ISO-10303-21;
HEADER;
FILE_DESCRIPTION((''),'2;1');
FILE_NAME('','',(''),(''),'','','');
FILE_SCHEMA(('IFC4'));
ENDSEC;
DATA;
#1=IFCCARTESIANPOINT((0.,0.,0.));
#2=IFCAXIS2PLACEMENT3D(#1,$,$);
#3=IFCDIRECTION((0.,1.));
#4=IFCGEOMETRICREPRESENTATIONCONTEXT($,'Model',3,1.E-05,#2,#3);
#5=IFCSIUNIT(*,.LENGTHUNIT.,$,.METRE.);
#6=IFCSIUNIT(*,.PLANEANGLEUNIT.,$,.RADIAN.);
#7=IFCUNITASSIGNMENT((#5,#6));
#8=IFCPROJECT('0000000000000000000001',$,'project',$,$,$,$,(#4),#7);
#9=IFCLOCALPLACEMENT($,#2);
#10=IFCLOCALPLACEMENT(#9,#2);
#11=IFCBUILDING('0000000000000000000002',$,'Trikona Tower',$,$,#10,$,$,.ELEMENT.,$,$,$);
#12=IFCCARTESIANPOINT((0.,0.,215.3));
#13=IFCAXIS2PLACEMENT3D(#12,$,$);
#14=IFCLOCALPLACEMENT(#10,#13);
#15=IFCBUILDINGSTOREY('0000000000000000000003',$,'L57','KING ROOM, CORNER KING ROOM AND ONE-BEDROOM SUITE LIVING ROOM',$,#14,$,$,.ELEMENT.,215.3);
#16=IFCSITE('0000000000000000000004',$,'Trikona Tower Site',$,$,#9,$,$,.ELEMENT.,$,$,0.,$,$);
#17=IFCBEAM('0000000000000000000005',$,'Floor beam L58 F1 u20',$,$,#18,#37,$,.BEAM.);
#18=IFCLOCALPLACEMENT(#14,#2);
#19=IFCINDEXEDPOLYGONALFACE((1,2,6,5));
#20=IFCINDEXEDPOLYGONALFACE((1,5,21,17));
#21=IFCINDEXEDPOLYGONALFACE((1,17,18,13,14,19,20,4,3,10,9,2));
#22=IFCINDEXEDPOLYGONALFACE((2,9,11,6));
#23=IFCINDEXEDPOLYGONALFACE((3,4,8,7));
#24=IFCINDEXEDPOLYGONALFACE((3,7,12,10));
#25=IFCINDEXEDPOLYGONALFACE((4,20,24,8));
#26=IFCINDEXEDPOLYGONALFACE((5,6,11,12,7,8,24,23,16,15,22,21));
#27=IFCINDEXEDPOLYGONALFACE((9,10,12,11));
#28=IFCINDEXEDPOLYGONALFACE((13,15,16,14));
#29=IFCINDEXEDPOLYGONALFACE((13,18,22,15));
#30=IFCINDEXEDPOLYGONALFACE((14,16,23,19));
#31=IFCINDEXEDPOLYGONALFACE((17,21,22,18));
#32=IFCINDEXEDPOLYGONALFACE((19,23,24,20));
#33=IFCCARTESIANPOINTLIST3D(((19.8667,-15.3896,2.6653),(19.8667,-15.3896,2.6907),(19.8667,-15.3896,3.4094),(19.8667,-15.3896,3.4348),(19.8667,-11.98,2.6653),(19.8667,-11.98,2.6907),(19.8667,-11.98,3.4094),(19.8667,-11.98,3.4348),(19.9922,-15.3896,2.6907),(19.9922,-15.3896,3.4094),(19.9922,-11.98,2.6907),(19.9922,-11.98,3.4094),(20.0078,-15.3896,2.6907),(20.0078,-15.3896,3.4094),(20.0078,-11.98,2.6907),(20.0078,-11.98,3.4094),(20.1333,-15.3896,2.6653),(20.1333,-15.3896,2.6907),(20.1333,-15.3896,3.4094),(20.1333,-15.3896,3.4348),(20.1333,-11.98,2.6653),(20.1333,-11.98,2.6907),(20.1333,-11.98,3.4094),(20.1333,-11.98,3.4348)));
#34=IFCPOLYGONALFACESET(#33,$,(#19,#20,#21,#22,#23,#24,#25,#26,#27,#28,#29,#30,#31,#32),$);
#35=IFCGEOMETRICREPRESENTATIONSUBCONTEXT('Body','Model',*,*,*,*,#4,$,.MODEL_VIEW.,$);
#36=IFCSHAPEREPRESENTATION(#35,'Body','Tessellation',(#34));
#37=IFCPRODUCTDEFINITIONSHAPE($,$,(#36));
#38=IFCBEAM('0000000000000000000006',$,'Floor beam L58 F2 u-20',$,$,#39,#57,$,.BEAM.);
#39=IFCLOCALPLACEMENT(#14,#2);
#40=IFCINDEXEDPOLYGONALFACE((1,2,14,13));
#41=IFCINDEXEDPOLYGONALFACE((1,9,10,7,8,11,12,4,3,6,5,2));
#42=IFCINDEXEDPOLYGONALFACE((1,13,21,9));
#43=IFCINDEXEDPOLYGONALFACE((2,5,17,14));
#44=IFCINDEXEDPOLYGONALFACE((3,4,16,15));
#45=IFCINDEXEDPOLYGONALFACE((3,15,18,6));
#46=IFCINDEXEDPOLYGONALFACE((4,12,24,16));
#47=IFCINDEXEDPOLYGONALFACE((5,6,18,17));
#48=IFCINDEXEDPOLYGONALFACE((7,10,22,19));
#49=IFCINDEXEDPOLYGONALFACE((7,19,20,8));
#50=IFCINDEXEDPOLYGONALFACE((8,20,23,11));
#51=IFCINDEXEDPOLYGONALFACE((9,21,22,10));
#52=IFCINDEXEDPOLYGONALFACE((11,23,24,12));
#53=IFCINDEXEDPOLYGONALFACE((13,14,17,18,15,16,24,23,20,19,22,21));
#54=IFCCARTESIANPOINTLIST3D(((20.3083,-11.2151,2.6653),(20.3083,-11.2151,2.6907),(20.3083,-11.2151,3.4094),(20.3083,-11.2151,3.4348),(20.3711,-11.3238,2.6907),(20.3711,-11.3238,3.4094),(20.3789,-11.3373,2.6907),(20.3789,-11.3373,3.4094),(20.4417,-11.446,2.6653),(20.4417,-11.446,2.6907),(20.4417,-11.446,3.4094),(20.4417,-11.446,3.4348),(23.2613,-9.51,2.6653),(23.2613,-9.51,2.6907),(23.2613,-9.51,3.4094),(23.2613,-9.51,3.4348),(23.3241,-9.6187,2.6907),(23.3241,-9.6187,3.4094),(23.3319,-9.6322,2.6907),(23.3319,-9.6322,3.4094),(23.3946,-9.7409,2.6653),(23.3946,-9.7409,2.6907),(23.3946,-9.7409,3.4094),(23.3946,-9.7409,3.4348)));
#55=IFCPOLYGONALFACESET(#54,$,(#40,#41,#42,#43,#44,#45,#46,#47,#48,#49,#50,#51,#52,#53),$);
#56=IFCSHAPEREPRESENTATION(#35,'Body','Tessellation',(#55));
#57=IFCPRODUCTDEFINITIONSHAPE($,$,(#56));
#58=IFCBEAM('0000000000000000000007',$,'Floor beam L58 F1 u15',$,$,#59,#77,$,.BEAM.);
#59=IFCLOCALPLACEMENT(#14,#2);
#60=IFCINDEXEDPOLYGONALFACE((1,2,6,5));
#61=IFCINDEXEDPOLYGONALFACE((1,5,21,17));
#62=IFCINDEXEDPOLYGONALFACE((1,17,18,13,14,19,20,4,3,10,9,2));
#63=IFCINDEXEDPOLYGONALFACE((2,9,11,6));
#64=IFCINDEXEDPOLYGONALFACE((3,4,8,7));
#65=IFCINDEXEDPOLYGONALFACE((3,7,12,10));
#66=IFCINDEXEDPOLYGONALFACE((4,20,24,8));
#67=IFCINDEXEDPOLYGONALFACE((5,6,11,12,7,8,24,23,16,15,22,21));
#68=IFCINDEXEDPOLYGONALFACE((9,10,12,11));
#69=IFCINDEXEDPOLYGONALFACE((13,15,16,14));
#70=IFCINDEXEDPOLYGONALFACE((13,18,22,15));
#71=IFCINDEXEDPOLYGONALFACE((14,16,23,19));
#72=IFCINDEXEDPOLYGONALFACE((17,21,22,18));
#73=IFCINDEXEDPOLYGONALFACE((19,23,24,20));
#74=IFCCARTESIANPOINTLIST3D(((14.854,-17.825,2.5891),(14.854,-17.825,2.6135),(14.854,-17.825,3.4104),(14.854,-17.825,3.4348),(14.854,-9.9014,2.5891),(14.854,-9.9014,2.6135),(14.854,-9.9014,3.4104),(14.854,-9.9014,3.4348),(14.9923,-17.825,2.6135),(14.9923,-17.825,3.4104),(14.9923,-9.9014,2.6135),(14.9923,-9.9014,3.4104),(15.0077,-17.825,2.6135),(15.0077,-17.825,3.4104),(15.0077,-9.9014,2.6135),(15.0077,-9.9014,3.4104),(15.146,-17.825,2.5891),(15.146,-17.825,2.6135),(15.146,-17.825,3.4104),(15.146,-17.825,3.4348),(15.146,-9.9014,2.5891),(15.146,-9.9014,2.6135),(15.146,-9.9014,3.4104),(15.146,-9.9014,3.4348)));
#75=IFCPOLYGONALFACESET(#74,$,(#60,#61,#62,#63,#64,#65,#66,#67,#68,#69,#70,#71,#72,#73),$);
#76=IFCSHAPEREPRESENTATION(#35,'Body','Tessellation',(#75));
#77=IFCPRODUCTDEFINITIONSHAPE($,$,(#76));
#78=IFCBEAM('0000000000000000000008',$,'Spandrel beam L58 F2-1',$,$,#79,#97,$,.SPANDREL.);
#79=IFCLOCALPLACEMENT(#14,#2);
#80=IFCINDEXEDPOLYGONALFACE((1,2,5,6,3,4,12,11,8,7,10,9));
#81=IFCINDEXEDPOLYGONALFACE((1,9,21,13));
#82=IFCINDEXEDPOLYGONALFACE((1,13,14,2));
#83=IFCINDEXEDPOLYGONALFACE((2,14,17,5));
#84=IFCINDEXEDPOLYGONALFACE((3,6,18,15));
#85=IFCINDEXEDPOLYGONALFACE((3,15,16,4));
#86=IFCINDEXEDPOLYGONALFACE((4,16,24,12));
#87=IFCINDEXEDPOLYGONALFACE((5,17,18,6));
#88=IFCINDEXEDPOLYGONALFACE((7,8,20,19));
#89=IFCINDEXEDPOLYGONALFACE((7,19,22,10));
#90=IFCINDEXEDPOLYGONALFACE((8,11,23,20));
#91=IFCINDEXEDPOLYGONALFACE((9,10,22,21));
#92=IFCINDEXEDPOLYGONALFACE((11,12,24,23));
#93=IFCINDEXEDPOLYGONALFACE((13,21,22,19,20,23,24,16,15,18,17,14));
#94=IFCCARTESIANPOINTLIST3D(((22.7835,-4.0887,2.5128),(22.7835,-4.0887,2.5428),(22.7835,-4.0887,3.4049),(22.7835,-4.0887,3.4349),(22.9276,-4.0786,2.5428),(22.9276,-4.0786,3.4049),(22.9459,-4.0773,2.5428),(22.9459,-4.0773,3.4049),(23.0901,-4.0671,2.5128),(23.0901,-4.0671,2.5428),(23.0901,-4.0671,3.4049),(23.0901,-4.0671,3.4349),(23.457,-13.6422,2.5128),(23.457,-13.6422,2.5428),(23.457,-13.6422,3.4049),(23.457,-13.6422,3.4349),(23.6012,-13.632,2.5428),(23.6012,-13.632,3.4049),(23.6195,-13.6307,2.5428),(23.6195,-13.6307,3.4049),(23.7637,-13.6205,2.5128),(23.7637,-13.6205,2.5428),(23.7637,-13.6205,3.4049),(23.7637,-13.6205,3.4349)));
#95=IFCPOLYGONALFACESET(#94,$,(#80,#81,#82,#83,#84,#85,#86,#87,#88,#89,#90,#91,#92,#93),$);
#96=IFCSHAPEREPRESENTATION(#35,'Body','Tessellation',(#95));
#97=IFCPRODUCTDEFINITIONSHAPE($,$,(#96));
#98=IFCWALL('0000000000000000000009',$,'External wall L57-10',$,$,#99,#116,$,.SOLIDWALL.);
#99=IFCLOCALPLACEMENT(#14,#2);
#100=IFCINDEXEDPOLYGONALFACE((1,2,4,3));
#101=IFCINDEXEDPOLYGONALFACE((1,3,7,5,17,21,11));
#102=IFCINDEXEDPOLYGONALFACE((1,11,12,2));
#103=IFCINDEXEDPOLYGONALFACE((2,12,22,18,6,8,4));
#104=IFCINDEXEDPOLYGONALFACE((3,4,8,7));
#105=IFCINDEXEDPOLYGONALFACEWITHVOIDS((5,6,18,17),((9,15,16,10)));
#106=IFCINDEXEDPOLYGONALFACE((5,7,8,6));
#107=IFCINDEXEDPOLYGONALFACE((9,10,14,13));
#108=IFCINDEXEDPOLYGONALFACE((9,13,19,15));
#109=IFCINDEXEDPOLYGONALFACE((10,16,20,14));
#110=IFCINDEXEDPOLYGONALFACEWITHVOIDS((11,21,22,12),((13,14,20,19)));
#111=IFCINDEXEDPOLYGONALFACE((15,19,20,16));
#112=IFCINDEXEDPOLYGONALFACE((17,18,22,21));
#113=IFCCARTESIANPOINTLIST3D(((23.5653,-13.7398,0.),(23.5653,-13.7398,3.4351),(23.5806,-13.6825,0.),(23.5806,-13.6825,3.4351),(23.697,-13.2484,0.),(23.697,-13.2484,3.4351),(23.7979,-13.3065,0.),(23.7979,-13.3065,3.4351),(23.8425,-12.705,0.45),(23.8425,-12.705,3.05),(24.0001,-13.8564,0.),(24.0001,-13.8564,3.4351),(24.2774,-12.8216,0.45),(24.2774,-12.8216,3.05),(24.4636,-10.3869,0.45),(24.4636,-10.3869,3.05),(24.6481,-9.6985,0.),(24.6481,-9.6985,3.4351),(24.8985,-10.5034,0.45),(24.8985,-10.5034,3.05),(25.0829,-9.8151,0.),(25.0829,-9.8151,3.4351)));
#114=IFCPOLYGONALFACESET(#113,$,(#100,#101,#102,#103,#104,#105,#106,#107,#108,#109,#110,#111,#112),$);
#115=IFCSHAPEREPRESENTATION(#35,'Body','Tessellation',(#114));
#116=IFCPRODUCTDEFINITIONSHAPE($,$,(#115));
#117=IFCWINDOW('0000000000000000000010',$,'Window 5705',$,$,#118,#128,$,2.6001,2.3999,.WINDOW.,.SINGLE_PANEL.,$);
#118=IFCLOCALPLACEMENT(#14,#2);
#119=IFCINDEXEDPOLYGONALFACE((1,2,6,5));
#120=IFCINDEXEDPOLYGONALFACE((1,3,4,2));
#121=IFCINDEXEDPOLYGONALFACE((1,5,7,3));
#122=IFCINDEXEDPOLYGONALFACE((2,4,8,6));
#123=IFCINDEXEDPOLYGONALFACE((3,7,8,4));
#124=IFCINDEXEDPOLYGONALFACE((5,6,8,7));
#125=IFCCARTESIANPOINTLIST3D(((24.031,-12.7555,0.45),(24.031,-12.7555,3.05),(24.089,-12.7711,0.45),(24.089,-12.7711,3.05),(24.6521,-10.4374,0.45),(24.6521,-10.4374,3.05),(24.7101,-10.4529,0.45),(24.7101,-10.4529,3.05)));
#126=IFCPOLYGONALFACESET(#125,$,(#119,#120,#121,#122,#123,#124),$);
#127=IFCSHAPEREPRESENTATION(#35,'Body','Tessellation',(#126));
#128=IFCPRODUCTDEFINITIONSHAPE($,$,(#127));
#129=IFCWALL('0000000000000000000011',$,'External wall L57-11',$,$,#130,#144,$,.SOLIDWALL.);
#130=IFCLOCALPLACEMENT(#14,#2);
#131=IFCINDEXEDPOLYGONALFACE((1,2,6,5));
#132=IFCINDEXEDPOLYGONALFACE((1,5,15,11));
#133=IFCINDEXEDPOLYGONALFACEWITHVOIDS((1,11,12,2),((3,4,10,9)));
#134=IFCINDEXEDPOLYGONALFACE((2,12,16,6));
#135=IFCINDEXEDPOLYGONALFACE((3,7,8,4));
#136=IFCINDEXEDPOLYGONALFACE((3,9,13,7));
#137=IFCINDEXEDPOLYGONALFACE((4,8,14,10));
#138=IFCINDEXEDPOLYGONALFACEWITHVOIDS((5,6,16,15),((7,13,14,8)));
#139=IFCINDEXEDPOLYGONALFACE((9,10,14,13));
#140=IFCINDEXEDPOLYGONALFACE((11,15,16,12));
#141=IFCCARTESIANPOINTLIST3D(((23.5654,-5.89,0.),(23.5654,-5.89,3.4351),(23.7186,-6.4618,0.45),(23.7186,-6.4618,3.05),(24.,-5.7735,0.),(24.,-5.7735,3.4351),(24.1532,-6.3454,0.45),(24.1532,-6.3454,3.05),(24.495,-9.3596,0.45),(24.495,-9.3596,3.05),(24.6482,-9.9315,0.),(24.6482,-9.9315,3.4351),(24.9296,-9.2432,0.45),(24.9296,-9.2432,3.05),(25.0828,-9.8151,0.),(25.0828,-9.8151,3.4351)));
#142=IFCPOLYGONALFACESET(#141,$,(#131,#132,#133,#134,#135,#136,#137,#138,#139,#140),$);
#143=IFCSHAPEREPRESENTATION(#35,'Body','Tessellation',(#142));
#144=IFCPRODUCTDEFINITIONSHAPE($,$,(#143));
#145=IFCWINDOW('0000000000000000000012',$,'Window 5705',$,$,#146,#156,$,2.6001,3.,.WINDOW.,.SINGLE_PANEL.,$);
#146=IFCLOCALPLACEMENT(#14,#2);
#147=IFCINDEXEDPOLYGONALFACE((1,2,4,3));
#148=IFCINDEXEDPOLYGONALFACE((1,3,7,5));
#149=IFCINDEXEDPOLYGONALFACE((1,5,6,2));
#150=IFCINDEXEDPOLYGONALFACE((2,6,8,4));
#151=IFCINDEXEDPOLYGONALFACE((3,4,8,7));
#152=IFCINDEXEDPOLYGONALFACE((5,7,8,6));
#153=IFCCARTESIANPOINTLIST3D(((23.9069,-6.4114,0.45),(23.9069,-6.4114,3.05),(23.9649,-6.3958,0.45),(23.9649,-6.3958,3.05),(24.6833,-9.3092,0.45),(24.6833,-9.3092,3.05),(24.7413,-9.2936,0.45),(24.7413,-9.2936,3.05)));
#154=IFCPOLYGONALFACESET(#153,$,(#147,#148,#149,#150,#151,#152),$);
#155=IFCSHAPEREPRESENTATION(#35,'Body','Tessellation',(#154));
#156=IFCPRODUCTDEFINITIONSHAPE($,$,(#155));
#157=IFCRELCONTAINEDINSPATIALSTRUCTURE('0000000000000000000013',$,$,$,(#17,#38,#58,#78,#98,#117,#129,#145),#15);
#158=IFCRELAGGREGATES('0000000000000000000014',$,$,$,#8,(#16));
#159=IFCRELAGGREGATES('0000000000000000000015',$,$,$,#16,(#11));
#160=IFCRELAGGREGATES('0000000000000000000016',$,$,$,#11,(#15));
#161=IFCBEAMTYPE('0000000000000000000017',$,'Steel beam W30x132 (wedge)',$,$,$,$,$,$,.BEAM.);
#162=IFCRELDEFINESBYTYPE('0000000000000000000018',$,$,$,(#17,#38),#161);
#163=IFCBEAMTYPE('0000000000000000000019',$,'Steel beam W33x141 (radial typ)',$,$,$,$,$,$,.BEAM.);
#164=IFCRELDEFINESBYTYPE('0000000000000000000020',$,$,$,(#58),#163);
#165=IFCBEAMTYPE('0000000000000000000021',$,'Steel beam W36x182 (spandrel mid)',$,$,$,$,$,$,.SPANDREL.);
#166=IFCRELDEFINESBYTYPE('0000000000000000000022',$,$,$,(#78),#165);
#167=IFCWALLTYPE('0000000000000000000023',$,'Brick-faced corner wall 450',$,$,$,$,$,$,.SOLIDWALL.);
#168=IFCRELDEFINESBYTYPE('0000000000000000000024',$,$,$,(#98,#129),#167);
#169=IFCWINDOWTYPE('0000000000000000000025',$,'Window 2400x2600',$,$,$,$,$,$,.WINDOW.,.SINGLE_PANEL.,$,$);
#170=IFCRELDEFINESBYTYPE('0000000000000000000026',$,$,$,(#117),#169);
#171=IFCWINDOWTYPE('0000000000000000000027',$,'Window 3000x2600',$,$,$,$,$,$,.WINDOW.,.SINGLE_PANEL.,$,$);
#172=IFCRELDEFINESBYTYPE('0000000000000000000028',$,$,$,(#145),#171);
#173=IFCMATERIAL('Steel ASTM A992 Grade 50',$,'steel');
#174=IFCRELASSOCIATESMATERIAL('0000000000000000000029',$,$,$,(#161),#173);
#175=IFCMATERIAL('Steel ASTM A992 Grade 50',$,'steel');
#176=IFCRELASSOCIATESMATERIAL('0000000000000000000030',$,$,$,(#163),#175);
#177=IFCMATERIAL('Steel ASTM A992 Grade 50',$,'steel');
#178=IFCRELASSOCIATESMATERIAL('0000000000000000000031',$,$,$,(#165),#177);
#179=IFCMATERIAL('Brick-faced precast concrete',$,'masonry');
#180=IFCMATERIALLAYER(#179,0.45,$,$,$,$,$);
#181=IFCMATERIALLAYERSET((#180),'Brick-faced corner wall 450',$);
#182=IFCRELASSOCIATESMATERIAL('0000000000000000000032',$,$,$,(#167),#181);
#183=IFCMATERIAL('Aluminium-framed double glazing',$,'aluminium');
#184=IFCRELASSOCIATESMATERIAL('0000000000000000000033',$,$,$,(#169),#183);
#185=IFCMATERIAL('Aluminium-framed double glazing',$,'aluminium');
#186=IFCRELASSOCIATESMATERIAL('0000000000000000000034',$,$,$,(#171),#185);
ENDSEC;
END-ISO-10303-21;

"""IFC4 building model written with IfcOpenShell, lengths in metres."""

from ifc_helpers import new_model, si_unit, direction, frame, frame_2d, origin, origin_2d, place, context, subcontext, project, spatial, polyline, rectangle, i_section, outline, extrude, material, layer, layer_set, material_profile, profile_set, type_object, element, fill, save


model = new_model("IFC4")

# Units and contexts
model_context = context("Model", 3, precision=1e-05, world=origin(), true_north=direction((0.0, 1.0)))
body_context = subcontext(model_context, "Body", "Model", "MODEL_VIEW")
ifc_project = project(units=[si_unit("LENGTHUNIT", "METRE"), si_unit("PLANEANGLEUNIT", "RADIAN")], contexts=[model_context])

# Site, building, storey
site_placement = place(None, origin())
site = spatial("IfcSite", under=ifc_project, at=site_placement, Name="Trikona Tower Site", CompositionType="ELEMENT", RefElevation=0.0)
building_placement = place(site_placement, origin())
building = spatial("IfcBuilding", under=site, at=building_placement, Name="Trikona Tower", CompositionType="ELEMENT")
storey_placement = place(building_placement, frame((0.0, 0.0, 215.3)))
storey = spatial("IfcBuildingStorey", under=building, at=storey_placement, Name="L57", Description="KING ROOM, CORNER KING ROOM AND ONE-BEDROOM SUITE LIVING ROOM", CompositionType="ELEMENT", Elevation=215.3)

# Beams
ifc_material_1 = material(Name="Steel ASTM A992 Grade 50", Category="steel")
ifc_material_profile_1 = material_profile(ifc_material_1, i_section(OverallWidth=0.2666, OverallDepth=0.7695, WebThickness=0.0156, FlangeThickness=0.0254, at=origin_2d()), Name="W30X132")
ifc_profile_set_1 = profile_set([ifc_material_profile_1], Name="Steel ASTM A992 Grade 50")
beam_type_1 = type_object("IfcBeamType", Name="Steel beam W30x132 (wedge)", PredefinedType="BEAM", material=ifc_profile_set_1)
beam_1_placement = place(storey_placement, frame((20.0, -11.98, 3.05), z_axis=(0.0, -1.0, 0.0), x_axis=(1.0, 0.0, 0.0)))
element("IfcBeam", 1, at=beam_1_placement, inside=storey, type_object=beam_type_1, Name="Floor beam L58 F1 u20", PredefinedType="BEAM", context=body_context, shape_type="SweptSolid", body=[
    extrude(i_section(OverallWidth=0.2666, OverallDepth=0.7695, WebThickness=0.0156, FlangeThickness=0.0254, at=origin_2d()), origin(), (0.0, 0.0, 1.0), 3.4097),
])
beam_2_placement = place(storey_placement, frame((20.375, -11.3306, 3.05), z_axis=(0.865996, 0.500051, 0.0), x_axis=(-0.500051, 0.865996, 0.0)))
element("IfcBeam", 2, at=beam_2_placement, inside=storey, type_object=beam_type_1, Name="Floor beam L58 F2 u-20", PredefinedType="BEAM", context=body_context, shape_type="SweptSolid", body=[
    extrude(i_section(OverallWidth=0.2666, OverallDepth=0.7695, WebThickness=0.0156, FlangeThickness=0.0254, at=origin_2d()), origin(), (0.0, 0.0, 1.0), 3.4099),
])
ifc_material_2 = material(Name="Steel ASTM A992 Grade 50", Category="steel")
ifc_material_profile_2 = material_profile(ifc_material_2, i_section(OverallWidth=0.292, OverallDepth=0.8457, WebThickness=0.0154, FlangeThickness=0.0244, at=origin_2d()), Name="W33X141")
ifc_profile_set_2 = profile_set([ifc_material_profile_2], Name="Steel ASTM A992 Grade 50")
beam_type_2 = type_object("IfcBeamType", Name="Steel beam W33x141 (radial typ)", PredefinedType="BEAM", material=ifc_profile_set_2)
beam_3_placement = place(storey_placement, frame((15.0, -9.9014, 3.012), z_axis=(0.0, -1.0, 0.0), x_axis=(1.0, 0.0, 0.0)))
element("IfcBeam", 3, at=beam_3_placement, inside=storey, type_object=beam_type_2, Name="Floor beam L58 F1 u15", PredefinedType="BEAM", context=body_context, shape_type="SweptSolid", body=[
    extrude(i_section(OverallWidth=0.292, OverallDepth=0.8457, WebThickness=0.0154, FlangeThickness=0.0244, at=origin_2d()), origin(), (0.0, 0.0, 1.0), 7.9236),
])
ifc_material_3 = material(Name="Steel ASTM A992 Grade 50", Category="steel")
ifc_material_profile_3 = material_profile(ifc_material_3, i_section(OverallWidth=0.3074, OverallDepth=0.9221, WebThickness=0.0183, FlangeThickness=0.03, at=origin_2d()), Name="W36X182")
ifc_profile_set_3 = profile_set([ifc_material_profile_3], Name="Steel ASTM A992 Grade 50")
beam_type_3 = type_object("IfcBeamType", Name="Steel beam W36x182 (spandrel mid)", PredefinedType="SPANDREL", material=ifc_profile_set_3)
beam_4_placement = place(storey_placement, frame((23.6104, -13.6313, 2.9739), z_axis=(-0.070332, 0.997524, 0.0), x_axis=(-0.997524, -0.070332, 0.0)))
element("IfcBeam", 4, at=beam_4_placement, inside=storey, type_object=beam_type_3, Name="Spandrel beam L58 F2-1", PredefinedType="SPANDREL", context=body_context, shape_type="SweptSolid", body=[
    extrude(i_section(OverallWidth=0.3074, OverallDepth=0.9221, WebThickness=0.0183, FlangeThickness=0.03, at=origin_2d()), origin(), (0.0, 0.0, 1.0), 9.5771),
])

# Walls, openings, windows
ifc_material_4 = material(Name="Brick-faced precast concrete", Category="masonry")
ifc_layer_1 = layer(ifc_material_4, 0.45)
ifc_layer_set_1 = layer_set([ifc_layer_1], Name="Brick-faced corner wall 450")
wall_type_1 = type_object("IfcWallType", Name="Brick-faced corner wall 450", PredefinedType="SOLIDWALL", material=ifc_layer_set_1)
wall_1_placement = place(storey_placement, frame((23.7827, -13.7981, 0.0), z_axis=(0.0, 0.0, 1.0), x_axis=(0.258799, 0.965931, 0.0)))
wall_1 = element("IfcWall", 5, at=wall_1_placement, inside=storey, type_object=wall_type_1, Name="External wall L57-10", PredefinedType="SOLIDWALL", context=body_context, shape_type="SweptSolid", body=[
    extrude(outline(polyline([(4.1838, 0.2251), (0.5088, 0.2251), (0.4788, 0.1125), (0.0593, 0.2251), (0.0, 0.2251), (0.0, -0.2251), (4.1838, -0.2251), (4.1838, 0.2251)])), origin(), (0.0, 0.0, 1.0), 3.4351),
])
opening_1_placement = place(wall_1_placement, frame((1.0713, 0.0, 0.45)))
opening_1 = element("IfcOpeningElement", 6, at=opening_1_placement, cuts=wall_1, PredefinedType="OPENING", context=body_context, shape_type="SweptSolid", body=[
    extrude(rectangle(XDim=2.3999, YDim=2.6001, at=frame_2d((1.2, 1.3))), frame((0.0, 0.2349, 0.0), z_axis=(0.0, -1.0, 0.0), x_axis=(1.0, 0.0, 0.0)), (0.0, 0.0, 1.0), 0.47),
])
ifc_material_5 = material(Name="Aluminium-framed double glazing", Category="aluminium")
window_type_1 = type_object("IfcWindowType", Name="Window 2400x2600", PartitioningType="SINGLE_PANEL", PredefinedType="WINDOW", material=ifc_material_5)
window_1_placement = place(opening_1_placement, origin())
window_1 = element("IfcWindow", 7, at=window_1_placement, inside=storey, type_object=window_type_1, Name="Window 5705", OverallHeight=2.6001, OverallWidth=2.3999, PartitioningType="SINGLE_PANEL", PredefinedType="WINDOW", context=body_context, shape_type="SweptSolid", body=[
    extrude(rectangle(XDim=2.3999, YDim=2.6001, at=frame_2d((1.2, 1.3))), frame((0.0, 0.03, 0.0), z_axis=(0.0, -1.0, 0.0), x_axis=(1.0, 0.0, 0.0)), (0.0, 0.0, 1.0), 0.0601),
])
fill(opening_1, window_1)
wall_2_placement = place(storey_placement, frame((24.8655, -9.8733, 0.0), z_axis=(0.0, 0.0, 1.0), x_axis=(-0.258785, 0.965935, 0.0)))
wall_2 = element("IfcWall", 8, at=wall_2_placement, inside=storey, type_object=wall_type_1, Name="External wall L57-11", PredefinedType="SOLIDWALL", context=body_context, shape_type="SweptSolid", body=[
    extrude(rectangle(XDim=4.1841, YDim=0.45, at=frame_2d((2.092, 0.0))), origin(), (0.0, 0.0, 1.0), 3.4351),
])
opening_2_placement = place(wall_2_placement, frame((0.592, 0.0, 0.45)))
opening_2 = element("IfcOpeningElement", 9, at=opening_2_placement, cuts=wall_2, PredefinedType="OPENING", context=body_context, shape_type="SweptSolid", body=[
    extrude(rectangle(XDim=3.0, YDim=2.6001, at=frame_2d((1.5, 1.3))), frame((0.0, 0.2349, 0.0), z_axis=(0.0, -1.0, 0.0), x_axis=(1.0, 0.0, 0.0)), (0.0, 0.0, 1.0), 0.47),
])
ifc_material_6 = material(Name="Aluminium-framed double glazing", Category="aluminium")
window_type_2 = type_object("IfcWindowType", Name="Window 3000x2600", PartitioningType="SINGLE_PANEL", PredefinedType="WINDOW", material=ifc_material_6)
window_2_placement = place(opening_2_placement, origin())
window_2 = element("IfcWindow", 10, at=window_2_placement, inside=storey, type_object=window_type_2, Name="Window 5705", OverallHeight=2.6001, OverallWidth=3.0, PartitioningType="SINGLE_PANEL", PredefinedType="WINDOW", context=body_context, shape_type="SweptSolid", body=[
    extrude(rectangle(XDim=3.0, YDim=2.6001, at=frame_2d((1.5, 1.3))), frame((0.0, 0.03, 0.0), z_axis=(0.0, -1.0, 0.0), x_axis=(1.0, 0.0, 0.0)), (0.0, 0.0, 1.0), 0.0601),
])
fill(opening_2, window_2)

save(model, "model.ifc")
